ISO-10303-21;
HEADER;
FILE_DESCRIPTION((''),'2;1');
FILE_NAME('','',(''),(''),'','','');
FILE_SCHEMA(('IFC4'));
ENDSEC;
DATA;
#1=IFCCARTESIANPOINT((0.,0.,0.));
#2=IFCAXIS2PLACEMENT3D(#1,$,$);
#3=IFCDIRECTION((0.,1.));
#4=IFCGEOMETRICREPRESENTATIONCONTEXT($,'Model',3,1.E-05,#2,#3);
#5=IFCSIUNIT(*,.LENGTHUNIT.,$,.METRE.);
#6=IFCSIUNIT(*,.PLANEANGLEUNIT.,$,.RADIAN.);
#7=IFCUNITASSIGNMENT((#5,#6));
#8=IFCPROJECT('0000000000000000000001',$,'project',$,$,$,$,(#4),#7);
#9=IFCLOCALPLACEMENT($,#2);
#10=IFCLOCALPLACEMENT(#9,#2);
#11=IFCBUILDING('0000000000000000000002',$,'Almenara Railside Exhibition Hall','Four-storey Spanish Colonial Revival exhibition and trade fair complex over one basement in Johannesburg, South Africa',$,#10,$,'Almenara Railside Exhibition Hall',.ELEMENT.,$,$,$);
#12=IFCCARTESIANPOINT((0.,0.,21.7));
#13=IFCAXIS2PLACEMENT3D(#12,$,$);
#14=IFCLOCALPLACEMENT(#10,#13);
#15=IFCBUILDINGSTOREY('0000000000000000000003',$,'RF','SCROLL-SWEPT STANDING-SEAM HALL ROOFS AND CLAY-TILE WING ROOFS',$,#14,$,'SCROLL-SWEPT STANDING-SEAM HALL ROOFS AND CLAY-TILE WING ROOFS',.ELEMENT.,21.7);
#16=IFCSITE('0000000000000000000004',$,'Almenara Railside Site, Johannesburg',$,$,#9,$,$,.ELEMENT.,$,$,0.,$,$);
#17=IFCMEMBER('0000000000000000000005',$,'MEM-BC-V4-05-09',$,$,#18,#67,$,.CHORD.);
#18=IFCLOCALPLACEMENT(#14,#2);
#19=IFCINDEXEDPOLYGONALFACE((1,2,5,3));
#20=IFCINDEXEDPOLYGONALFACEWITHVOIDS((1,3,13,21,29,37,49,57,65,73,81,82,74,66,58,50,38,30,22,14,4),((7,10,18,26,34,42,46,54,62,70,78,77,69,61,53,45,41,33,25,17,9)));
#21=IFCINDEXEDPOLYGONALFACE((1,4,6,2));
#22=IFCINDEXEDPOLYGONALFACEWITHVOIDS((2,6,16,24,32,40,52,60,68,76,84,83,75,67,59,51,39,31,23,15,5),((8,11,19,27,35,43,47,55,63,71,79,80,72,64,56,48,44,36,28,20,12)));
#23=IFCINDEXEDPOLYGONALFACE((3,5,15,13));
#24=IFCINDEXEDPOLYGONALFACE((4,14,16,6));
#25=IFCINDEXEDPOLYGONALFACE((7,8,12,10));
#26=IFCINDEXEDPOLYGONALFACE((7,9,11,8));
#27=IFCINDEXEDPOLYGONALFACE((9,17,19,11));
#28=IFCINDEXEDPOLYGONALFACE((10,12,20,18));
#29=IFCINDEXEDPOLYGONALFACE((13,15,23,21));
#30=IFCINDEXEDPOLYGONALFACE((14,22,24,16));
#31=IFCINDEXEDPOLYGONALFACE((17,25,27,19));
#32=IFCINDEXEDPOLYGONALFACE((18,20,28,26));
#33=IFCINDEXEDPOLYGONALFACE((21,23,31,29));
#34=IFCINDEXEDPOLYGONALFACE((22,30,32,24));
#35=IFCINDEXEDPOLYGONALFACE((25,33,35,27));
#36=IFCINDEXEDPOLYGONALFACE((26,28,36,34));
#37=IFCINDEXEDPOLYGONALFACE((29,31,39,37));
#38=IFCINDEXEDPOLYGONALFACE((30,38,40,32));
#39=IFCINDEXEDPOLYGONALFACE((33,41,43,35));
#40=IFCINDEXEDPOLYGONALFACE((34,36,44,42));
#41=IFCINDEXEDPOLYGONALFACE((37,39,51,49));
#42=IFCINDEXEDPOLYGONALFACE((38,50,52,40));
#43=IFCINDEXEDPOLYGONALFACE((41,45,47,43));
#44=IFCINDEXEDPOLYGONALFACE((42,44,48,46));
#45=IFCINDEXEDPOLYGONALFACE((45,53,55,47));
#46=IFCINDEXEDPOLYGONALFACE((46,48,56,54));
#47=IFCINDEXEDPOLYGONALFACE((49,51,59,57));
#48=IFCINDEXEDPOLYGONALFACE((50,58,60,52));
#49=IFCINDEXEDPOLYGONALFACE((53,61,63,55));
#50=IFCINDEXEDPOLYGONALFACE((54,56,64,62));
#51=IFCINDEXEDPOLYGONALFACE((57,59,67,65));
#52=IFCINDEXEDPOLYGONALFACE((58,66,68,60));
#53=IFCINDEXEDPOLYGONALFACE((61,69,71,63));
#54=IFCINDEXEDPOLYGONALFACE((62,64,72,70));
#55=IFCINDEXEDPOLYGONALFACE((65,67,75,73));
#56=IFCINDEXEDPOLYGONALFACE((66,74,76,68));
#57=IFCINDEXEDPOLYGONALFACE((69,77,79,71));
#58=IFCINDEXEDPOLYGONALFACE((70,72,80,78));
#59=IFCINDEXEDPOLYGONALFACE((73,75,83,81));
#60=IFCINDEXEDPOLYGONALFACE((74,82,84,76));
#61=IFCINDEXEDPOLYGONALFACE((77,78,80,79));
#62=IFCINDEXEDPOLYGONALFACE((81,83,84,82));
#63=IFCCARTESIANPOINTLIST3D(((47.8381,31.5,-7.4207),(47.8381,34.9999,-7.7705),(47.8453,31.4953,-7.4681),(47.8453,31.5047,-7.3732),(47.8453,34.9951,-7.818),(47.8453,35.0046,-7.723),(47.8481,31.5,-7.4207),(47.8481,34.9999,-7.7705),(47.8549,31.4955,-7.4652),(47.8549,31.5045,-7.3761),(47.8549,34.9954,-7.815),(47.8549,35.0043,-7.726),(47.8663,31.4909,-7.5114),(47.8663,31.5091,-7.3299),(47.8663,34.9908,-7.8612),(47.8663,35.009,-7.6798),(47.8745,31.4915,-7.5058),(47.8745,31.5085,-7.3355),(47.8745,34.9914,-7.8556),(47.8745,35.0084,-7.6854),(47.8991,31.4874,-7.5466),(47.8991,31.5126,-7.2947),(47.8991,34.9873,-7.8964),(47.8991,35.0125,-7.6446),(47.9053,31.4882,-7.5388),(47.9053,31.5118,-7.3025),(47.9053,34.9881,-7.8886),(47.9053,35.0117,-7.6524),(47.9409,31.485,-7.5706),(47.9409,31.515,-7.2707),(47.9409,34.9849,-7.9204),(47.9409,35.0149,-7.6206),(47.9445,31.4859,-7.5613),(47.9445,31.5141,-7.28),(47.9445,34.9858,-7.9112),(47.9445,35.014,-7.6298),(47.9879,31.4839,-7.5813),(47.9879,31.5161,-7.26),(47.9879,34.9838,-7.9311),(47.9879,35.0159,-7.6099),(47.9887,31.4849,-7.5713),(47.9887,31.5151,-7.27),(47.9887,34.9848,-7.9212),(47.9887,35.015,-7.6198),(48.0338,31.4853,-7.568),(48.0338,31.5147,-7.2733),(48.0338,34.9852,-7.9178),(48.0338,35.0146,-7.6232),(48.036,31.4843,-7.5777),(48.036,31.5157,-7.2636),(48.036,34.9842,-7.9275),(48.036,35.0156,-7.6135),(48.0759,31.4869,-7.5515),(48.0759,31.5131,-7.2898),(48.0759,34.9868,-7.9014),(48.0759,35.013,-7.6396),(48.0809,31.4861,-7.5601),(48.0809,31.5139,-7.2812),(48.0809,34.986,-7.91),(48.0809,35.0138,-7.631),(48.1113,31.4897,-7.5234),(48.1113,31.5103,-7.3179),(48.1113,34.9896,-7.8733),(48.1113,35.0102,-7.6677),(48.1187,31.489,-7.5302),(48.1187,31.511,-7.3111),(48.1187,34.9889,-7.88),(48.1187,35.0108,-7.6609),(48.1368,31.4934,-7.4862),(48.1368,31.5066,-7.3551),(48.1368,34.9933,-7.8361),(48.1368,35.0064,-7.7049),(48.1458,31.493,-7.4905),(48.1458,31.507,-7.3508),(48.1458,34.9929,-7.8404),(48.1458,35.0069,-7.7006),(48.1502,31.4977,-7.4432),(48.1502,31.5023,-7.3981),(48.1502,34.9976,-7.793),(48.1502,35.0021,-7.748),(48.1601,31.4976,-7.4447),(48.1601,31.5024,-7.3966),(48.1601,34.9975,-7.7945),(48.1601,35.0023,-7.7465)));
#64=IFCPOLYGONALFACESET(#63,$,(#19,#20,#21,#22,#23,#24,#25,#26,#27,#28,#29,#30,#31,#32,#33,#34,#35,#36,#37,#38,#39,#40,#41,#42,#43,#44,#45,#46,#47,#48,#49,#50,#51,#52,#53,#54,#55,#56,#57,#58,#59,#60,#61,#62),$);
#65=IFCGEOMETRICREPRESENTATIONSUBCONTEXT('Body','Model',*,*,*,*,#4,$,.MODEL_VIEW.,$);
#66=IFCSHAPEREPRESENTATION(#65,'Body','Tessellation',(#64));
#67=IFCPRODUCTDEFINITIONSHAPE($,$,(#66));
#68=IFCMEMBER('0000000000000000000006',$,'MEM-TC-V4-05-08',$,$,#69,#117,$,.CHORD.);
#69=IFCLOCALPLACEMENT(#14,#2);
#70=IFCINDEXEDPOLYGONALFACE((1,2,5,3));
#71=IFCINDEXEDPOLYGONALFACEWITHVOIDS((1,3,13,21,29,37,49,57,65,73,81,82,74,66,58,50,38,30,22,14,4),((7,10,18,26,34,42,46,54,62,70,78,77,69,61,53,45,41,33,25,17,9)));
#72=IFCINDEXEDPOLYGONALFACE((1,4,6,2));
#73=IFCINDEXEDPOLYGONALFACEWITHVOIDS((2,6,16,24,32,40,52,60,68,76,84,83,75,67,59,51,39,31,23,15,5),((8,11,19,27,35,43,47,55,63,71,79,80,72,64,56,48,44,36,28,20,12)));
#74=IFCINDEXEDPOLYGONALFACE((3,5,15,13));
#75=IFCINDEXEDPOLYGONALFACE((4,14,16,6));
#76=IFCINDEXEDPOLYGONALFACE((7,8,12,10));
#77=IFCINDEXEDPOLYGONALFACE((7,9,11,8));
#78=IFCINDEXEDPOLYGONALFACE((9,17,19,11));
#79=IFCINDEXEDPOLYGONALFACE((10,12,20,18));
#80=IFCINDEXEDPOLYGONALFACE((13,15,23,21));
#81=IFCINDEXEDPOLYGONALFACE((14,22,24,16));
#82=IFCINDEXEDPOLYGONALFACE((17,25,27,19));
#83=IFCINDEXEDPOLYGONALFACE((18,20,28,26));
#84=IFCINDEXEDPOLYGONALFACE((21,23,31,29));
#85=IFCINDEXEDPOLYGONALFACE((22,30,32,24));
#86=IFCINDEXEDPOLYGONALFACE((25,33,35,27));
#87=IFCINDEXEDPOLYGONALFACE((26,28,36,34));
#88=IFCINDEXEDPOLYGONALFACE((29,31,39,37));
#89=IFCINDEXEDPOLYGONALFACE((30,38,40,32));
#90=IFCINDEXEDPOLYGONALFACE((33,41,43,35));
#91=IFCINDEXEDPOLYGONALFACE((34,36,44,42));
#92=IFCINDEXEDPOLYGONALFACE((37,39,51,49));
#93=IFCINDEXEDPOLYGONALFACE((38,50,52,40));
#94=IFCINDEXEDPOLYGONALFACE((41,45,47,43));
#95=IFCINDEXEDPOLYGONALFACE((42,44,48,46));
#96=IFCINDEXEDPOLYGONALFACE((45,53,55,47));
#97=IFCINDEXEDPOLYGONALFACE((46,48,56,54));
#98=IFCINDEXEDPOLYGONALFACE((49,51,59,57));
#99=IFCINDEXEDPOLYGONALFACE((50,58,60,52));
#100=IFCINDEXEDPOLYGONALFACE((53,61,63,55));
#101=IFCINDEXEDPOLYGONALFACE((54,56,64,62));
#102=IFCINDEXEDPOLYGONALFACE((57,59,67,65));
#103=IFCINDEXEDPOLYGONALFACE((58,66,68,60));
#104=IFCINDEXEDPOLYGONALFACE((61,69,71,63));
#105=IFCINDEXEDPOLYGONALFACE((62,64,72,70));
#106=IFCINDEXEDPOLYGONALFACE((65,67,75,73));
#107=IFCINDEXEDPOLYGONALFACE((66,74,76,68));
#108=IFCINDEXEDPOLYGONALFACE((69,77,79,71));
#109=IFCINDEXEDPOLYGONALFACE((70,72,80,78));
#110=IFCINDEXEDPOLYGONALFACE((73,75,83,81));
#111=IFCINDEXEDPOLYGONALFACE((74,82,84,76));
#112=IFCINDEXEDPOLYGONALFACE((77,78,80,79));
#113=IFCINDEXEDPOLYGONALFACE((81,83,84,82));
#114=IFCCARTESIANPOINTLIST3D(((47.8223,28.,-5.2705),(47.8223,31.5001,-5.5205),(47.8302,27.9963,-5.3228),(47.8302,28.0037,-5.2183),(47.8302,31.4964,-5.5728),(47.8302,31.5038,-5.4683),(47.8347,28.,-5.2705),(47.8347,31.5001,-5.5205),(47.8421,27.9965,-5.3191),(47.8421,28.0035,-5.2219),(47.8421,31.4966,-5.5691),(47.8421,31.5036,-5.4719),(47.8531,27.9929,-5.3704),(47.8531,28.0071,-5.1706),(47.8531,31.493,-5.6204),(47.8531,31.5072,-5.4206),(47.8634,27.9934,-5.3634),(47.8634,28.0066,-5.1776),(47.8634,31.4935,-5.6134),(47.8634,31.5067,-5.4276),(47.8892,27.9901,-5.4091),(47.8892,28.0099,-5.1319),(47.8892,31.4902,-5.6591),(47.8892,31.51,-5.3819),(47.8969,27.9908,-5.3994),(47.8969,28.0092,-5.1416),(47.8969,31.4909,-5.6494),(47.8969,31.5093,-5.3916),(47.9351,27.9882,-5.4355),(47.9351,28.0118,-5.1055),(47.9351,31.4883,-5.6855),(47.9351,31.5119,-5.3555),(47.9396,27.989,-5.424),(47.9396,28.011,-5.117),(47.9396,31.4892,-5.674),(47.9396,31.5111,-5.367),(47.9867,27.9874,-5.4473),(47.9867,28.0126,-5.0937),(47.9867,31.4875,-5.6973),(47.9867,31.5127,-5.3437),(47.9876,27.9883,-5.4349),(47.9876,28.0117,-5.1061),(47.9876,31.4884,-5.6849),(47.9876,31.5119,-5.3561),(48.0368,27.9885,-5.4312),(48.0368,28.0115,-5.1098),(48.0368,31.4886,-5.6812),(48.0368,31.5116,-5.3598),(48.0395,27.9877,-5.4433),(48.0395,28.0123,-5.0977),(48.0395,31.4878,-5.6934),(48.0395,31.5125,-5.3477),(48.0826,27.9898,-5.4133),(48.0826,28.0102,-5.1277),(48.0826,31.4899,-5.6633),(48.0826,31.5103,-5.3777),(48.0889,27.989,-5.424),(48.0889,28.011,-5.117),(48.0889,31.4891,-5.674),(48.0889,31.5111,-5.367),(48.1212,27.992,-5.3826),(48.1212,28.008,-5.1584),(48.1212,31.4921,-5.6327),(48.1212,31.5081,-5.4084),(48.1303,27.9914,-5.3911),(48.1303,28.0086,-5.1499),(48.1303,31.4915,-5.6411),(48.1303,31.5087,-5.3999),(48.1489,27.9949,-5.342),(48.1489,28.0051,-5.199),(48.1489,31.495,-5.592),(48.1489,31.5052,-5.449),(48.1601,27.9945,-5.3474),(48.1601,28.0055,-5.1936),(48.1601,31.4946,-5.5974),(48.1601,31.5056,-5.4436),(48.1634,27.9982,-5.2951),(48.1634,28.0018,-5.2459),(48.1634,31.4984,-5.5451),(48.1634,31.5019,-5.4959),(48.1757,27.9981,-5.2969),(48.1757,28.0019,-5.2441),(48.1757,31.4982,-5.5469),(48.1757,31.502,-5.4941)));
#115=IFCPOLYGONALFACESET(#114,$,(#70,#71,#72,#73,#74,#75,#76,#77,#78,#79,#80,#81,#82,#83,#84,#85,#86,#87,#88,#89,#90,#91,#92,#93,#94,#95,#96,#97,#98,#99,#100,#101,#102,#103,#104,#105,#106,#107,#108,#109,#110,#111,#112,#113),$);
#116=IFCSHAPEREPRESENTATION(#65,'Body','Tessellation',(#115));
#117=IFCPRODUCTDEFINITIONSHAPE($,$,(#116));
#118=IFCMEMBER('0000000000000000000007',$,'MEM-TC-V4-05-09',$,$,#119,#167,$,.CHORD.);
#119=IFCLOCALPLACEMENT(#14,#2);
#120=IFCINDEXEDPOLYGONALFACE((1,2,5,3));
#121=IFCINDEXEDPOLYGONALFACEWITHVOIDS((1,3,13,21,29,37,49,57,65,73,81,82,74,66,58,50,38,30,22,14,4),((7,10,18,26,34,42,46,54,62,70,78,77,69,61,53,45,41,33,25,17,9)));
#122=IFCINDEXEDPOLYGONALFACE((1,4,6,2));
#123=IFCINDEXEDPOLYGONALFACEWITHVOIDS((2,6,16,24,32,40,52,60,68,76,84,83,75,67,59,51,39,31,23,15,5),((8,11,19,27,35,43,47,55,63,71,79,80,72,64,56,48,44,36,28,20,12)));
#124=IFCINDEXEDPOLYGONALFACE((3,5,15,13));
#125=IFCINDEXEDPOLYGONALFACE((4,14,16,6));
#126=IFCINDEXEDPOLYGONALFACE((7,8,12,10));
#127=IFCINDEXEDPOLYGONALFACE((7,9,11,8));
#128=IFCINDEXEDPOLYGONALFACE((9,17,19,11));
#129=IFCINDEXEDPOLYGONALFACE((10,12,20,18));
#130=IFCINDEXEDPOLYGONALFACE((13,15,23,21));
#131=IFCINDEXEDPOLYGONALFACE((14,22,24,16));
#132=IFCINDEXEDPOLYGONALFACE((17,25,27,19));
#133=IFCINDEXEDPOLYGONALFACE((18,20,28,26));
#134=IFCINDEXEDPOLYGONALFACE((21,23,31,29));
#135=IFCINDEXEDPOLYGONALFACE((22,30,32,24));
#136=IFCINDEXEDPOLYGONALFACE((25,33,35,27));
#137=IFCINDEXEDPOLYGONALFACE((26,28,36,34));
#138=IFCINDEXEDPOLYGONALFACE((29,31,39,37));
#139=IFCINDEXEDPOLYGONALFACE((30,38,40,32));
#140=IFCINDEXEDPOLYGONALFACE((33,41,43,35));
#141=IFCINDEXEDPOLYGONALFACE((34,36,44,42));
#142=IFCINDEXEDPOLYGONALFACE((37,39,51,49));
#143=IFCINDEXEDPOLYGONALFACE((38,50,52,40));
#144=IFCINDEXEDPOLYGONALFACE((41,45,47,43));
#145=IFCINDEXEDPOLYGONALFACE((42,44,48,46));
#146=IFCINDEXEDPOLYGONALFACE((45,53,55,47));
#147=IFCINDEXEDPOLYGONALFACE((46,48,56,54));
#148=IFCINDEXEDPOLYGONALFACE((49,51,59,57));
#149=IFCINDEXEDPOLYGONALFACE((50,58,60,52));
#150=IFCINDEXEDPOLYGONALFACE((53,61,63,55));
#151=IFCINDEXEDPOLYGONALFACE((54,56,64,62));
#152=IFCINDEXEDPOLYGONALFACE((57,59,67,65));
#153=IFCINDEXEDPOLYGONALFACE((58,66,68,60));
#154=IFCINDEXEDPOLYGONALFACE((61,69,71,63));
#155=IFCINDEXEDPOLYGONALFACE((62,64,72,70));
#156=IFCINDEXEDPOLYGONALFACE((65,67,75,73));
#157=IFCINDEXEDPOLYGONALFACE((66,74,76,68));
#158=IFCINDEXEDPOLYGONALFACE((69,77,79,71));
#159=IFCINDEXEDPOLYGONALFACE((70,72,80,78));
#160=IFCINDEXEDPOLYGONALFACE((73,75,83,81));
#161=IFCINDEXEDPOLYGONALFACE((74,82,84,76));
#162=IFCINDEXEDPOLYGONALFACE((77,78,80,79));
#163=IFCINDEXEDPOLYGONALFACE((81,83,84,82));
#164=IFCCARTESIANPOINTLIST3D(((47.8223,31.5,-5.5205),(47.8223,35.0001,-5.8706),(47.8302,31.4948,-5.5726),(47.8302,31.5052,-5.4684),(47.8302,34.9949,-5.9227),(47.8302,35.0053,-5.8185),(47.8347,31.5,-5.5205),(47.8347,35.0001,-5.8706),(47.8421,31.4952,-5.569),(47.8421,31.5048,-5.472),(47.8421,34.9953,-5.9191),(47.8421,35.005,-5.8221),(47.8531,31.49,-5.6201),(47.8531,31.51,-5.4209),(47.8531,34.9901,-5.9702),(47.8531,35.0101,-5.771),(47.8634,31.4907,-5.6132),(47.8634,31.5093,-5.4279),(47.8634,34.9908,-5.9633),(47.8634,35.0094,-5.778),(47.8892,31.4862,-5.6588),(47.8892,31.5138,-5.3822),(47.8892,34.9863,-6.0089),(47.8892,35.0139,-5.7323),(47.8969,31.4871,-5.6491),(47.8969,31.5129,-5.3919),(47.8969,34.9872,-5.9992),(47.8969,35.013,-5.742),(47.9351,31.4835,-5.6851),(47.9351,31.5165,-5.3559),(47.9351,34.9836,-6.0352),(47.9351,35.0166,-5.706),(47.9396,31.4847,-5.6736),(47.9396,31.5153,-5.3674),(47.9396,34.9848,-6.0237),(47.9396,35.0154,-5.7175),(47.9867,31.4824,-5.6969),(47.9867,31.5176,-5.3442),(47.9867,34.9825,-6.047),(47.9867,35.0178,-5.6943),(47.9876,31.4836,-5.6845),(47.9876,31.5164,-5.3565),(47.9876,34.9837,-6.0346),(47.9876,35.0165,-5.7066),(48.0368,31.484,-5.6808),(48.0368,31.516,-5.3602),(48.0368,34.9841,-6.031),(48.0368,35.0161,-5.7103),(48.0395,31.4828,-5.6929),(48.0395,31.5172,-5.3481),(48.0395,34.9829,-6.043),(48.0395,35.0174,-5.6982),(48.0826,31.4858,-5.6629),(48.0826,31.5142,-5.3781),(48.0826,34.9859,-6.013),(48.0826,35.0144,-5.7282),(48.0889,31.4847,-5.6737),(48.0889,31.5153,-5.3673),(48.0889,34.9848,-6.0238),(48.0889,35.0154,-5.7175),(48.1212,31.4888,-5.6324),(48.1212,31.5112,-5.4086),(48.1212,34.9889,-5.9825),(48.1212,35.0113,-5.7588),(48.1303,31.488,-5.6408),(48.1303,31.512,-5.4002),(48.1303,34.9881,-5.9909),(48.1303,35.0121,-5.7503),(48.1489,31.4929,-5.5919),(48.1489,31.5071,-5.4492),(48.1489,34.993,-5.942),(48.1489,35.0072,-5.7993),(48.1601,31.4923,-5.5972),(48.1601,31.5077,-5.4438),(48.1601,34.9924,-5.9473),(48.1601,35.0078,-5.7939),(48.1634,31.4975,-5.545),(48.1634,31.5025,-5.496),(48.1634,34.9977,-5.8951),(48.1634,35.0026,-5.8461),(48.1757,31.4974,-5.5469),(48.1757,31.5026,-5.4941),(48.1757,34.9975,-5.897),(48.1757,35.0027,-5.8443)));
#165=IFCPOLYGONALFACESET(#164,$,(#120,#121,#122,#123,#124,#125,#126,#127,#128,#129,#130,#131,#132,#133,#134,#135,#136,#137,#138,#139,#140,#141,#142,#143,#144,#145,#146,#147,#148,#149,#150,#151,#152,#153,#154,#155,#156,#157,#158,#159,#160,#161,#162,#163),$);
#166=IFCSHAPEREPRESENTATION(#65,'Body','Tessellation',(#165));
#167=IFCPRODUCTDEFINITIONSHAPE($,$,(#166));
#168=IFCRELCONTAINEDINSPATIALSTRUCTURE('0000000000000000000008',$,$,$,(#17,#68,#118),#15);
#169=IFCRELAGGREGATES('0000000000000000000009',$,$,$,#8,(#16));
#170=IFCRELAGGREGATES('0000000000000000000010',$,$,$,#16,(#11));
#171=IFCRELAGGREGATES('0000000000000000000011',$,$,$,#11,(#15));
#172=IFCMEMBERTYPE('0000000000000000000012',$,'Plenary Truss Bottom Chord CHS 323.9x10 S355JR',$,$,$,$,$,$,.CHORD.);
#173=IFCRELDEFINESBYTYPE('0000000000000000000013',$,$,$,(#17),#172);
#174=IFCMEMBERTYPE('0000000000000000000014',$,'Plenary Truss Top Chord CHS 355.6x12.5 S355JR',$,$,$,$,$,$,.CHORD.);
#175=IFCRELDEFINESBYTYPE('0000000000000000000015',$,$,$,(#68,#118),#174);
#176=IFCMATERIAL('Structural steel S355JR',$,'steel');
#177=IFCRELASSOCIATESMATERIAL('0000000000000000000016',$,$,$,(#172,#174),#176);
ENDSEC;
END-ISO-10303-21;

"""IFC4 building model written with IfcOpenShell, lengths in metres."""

from ifc_helpers import new_model, si_unit, direction, frame, origin, origin_2d, place, context, subcontext, project, spatial, hollow_circle, extrude, material, material_profile, profile_set, type_object, element, save


model = new_model("IFC4")

# Units and contexts
model_context = context("Model", 3, precision=1e-05, world=origin(), true_north=direction((0.0, 1.0)))
body_context = subcontext(model_context, "Body", "Model", "MODEL_VIEW")
ifc_project = project(units=[si_unit("LENGTHUNIT", "METRE"), si_unit("PLANEANGLEUNIT", "RADIAN")], contexts=[model_context])

# Site, building, storey
site_placement = place(None, origin())
site = spatial("IfcSite", under=ifc_project, at=site_placement, Name="Almenara Railside Site, Johannesburg", CompositionType="ELEMENT", RefElevation=0.0)
building_placement = place(site_placement, origin())
building = spatial("IfcBuilding", under=site, at=building_placement, Name="Almenara Railside Exhibition Hall", Description="Four-storey Spanish Colonial Revival exhibition and trade fair complex over one basement in Johannesburg, South Africa", LongName="Almenara Railside Exhibition Hall", CompositionType="ELEMENT")
storey_placement = place(building_placement, frame((0.0, 0.0, 21.7)))
storey = spatial("IfcBuildingStorey", under=building, at=storey_placement, Name="RF", Description="SCROLL-SWEPT STANDING-SEAM HALL ROOFS AND CLAY-TILE WING ROOFS", LongName="SCROLL-SWEPT STANDING-SEAM HALL ROOFS AND CLAY-TILE WING ROOFS", CompositionType="ELEMENT", Elevation=21.7)

# Members
ifc_material_1 = material(Name="Structural steel S355JR", Category="steel")
ifc_material_profile_1 = material_profile(ifc_material_1, hollow_circle(Radius=0.1619, WallThickness=0.01, at=origin_2d()), Name="CHS 323.9x10")
ifc_profile_set_1 = profile_set([ifc_material_profile_1], Name="Structural steel S355JR")
member_type_1 = type_object("IfcMemberType", Name="Plenary Truss Bottom Chord CHS 323.9x10 S355JR", PredefinedType="CHORD", material=ifc_profile_set_1)
member_1_placement = place(storey_placement, frame((48.0, 31.5, -7.4207), z_axis=(0.0, 0.995041, -0.099462), x_axis=(-1.0, 0.0, 0.0)))
element("IfcMember", 1, at=member_1_placement, inside=storey, type_object=member_type_1, Name="MEM-BC-V4-05-09", PredefinedType="CHORD", context=body_context, shape_type="SweptSolid", body=[
    extrude(hollow_circle(Radius=0.1619, WallThickness=0.01, at=origin_2d()), origin(), (0.0, 0.0, 1.0), 3.5173),
])
ifc_material_profile_2 = material_profile(ifc_material_1, hollow_circle(Radius=0.1777, WallThickness=0.0125, at=origin_2d()), Name="CHS 355.6x12.5")
ifc_profile_set_2 = profile_set([ifc_material_profile_2], Name="Structural steel S355JR")
member_type_2 = type_object("IfcMemberType", Name="Plenary Truss Top Chord CHS 355.6x12.5 S355JR", PredefinedType="CHORD", material=ifc_profile_set_2)
member_2_placement = place(storey_placement, frame((48.0, 28.0, -5.2705), z_axis=(0.0, 0.997459, -0.071247), x_axis=(-1.0, 0.0, 0.0)))
element("IfcMember", 2, at=member_2_placement, inside=storey, type_object=member_type_2, Name="MEM-TC-V4-05-08", PredefinedType="CHORD", context=body_context, shape_type="SweptSolid", body=[
    extrude(hollow_circle(Radius=0.1777, WallThickness=0.0125, at=origin_2d()), origin(), (0.0, 0.0, 1.0), 3.509),
])
member_3_placement = place(storey_placement, frame((48.0, 31.5, -5.5205), z_axis=(0.0, 0.995034, -0.099531), x_axis=(-1.0, 0.0, 0.0)))
element("IfcMember", 3, at=member_3_placement, inside=storey, type_object=member_type_2, Name="MEM-TC-V4-05-09", PredefinedType="CHORD", context=body_context, shape_type="SweptSolid", body=[
    extrude(hollow_circle(Radius=0.1777, WallThickness=0.0125, at=origin_2d()), origin(), (0.0, 0.0, 1.0), 3.5176),
])

save(model, "model.ifc")
